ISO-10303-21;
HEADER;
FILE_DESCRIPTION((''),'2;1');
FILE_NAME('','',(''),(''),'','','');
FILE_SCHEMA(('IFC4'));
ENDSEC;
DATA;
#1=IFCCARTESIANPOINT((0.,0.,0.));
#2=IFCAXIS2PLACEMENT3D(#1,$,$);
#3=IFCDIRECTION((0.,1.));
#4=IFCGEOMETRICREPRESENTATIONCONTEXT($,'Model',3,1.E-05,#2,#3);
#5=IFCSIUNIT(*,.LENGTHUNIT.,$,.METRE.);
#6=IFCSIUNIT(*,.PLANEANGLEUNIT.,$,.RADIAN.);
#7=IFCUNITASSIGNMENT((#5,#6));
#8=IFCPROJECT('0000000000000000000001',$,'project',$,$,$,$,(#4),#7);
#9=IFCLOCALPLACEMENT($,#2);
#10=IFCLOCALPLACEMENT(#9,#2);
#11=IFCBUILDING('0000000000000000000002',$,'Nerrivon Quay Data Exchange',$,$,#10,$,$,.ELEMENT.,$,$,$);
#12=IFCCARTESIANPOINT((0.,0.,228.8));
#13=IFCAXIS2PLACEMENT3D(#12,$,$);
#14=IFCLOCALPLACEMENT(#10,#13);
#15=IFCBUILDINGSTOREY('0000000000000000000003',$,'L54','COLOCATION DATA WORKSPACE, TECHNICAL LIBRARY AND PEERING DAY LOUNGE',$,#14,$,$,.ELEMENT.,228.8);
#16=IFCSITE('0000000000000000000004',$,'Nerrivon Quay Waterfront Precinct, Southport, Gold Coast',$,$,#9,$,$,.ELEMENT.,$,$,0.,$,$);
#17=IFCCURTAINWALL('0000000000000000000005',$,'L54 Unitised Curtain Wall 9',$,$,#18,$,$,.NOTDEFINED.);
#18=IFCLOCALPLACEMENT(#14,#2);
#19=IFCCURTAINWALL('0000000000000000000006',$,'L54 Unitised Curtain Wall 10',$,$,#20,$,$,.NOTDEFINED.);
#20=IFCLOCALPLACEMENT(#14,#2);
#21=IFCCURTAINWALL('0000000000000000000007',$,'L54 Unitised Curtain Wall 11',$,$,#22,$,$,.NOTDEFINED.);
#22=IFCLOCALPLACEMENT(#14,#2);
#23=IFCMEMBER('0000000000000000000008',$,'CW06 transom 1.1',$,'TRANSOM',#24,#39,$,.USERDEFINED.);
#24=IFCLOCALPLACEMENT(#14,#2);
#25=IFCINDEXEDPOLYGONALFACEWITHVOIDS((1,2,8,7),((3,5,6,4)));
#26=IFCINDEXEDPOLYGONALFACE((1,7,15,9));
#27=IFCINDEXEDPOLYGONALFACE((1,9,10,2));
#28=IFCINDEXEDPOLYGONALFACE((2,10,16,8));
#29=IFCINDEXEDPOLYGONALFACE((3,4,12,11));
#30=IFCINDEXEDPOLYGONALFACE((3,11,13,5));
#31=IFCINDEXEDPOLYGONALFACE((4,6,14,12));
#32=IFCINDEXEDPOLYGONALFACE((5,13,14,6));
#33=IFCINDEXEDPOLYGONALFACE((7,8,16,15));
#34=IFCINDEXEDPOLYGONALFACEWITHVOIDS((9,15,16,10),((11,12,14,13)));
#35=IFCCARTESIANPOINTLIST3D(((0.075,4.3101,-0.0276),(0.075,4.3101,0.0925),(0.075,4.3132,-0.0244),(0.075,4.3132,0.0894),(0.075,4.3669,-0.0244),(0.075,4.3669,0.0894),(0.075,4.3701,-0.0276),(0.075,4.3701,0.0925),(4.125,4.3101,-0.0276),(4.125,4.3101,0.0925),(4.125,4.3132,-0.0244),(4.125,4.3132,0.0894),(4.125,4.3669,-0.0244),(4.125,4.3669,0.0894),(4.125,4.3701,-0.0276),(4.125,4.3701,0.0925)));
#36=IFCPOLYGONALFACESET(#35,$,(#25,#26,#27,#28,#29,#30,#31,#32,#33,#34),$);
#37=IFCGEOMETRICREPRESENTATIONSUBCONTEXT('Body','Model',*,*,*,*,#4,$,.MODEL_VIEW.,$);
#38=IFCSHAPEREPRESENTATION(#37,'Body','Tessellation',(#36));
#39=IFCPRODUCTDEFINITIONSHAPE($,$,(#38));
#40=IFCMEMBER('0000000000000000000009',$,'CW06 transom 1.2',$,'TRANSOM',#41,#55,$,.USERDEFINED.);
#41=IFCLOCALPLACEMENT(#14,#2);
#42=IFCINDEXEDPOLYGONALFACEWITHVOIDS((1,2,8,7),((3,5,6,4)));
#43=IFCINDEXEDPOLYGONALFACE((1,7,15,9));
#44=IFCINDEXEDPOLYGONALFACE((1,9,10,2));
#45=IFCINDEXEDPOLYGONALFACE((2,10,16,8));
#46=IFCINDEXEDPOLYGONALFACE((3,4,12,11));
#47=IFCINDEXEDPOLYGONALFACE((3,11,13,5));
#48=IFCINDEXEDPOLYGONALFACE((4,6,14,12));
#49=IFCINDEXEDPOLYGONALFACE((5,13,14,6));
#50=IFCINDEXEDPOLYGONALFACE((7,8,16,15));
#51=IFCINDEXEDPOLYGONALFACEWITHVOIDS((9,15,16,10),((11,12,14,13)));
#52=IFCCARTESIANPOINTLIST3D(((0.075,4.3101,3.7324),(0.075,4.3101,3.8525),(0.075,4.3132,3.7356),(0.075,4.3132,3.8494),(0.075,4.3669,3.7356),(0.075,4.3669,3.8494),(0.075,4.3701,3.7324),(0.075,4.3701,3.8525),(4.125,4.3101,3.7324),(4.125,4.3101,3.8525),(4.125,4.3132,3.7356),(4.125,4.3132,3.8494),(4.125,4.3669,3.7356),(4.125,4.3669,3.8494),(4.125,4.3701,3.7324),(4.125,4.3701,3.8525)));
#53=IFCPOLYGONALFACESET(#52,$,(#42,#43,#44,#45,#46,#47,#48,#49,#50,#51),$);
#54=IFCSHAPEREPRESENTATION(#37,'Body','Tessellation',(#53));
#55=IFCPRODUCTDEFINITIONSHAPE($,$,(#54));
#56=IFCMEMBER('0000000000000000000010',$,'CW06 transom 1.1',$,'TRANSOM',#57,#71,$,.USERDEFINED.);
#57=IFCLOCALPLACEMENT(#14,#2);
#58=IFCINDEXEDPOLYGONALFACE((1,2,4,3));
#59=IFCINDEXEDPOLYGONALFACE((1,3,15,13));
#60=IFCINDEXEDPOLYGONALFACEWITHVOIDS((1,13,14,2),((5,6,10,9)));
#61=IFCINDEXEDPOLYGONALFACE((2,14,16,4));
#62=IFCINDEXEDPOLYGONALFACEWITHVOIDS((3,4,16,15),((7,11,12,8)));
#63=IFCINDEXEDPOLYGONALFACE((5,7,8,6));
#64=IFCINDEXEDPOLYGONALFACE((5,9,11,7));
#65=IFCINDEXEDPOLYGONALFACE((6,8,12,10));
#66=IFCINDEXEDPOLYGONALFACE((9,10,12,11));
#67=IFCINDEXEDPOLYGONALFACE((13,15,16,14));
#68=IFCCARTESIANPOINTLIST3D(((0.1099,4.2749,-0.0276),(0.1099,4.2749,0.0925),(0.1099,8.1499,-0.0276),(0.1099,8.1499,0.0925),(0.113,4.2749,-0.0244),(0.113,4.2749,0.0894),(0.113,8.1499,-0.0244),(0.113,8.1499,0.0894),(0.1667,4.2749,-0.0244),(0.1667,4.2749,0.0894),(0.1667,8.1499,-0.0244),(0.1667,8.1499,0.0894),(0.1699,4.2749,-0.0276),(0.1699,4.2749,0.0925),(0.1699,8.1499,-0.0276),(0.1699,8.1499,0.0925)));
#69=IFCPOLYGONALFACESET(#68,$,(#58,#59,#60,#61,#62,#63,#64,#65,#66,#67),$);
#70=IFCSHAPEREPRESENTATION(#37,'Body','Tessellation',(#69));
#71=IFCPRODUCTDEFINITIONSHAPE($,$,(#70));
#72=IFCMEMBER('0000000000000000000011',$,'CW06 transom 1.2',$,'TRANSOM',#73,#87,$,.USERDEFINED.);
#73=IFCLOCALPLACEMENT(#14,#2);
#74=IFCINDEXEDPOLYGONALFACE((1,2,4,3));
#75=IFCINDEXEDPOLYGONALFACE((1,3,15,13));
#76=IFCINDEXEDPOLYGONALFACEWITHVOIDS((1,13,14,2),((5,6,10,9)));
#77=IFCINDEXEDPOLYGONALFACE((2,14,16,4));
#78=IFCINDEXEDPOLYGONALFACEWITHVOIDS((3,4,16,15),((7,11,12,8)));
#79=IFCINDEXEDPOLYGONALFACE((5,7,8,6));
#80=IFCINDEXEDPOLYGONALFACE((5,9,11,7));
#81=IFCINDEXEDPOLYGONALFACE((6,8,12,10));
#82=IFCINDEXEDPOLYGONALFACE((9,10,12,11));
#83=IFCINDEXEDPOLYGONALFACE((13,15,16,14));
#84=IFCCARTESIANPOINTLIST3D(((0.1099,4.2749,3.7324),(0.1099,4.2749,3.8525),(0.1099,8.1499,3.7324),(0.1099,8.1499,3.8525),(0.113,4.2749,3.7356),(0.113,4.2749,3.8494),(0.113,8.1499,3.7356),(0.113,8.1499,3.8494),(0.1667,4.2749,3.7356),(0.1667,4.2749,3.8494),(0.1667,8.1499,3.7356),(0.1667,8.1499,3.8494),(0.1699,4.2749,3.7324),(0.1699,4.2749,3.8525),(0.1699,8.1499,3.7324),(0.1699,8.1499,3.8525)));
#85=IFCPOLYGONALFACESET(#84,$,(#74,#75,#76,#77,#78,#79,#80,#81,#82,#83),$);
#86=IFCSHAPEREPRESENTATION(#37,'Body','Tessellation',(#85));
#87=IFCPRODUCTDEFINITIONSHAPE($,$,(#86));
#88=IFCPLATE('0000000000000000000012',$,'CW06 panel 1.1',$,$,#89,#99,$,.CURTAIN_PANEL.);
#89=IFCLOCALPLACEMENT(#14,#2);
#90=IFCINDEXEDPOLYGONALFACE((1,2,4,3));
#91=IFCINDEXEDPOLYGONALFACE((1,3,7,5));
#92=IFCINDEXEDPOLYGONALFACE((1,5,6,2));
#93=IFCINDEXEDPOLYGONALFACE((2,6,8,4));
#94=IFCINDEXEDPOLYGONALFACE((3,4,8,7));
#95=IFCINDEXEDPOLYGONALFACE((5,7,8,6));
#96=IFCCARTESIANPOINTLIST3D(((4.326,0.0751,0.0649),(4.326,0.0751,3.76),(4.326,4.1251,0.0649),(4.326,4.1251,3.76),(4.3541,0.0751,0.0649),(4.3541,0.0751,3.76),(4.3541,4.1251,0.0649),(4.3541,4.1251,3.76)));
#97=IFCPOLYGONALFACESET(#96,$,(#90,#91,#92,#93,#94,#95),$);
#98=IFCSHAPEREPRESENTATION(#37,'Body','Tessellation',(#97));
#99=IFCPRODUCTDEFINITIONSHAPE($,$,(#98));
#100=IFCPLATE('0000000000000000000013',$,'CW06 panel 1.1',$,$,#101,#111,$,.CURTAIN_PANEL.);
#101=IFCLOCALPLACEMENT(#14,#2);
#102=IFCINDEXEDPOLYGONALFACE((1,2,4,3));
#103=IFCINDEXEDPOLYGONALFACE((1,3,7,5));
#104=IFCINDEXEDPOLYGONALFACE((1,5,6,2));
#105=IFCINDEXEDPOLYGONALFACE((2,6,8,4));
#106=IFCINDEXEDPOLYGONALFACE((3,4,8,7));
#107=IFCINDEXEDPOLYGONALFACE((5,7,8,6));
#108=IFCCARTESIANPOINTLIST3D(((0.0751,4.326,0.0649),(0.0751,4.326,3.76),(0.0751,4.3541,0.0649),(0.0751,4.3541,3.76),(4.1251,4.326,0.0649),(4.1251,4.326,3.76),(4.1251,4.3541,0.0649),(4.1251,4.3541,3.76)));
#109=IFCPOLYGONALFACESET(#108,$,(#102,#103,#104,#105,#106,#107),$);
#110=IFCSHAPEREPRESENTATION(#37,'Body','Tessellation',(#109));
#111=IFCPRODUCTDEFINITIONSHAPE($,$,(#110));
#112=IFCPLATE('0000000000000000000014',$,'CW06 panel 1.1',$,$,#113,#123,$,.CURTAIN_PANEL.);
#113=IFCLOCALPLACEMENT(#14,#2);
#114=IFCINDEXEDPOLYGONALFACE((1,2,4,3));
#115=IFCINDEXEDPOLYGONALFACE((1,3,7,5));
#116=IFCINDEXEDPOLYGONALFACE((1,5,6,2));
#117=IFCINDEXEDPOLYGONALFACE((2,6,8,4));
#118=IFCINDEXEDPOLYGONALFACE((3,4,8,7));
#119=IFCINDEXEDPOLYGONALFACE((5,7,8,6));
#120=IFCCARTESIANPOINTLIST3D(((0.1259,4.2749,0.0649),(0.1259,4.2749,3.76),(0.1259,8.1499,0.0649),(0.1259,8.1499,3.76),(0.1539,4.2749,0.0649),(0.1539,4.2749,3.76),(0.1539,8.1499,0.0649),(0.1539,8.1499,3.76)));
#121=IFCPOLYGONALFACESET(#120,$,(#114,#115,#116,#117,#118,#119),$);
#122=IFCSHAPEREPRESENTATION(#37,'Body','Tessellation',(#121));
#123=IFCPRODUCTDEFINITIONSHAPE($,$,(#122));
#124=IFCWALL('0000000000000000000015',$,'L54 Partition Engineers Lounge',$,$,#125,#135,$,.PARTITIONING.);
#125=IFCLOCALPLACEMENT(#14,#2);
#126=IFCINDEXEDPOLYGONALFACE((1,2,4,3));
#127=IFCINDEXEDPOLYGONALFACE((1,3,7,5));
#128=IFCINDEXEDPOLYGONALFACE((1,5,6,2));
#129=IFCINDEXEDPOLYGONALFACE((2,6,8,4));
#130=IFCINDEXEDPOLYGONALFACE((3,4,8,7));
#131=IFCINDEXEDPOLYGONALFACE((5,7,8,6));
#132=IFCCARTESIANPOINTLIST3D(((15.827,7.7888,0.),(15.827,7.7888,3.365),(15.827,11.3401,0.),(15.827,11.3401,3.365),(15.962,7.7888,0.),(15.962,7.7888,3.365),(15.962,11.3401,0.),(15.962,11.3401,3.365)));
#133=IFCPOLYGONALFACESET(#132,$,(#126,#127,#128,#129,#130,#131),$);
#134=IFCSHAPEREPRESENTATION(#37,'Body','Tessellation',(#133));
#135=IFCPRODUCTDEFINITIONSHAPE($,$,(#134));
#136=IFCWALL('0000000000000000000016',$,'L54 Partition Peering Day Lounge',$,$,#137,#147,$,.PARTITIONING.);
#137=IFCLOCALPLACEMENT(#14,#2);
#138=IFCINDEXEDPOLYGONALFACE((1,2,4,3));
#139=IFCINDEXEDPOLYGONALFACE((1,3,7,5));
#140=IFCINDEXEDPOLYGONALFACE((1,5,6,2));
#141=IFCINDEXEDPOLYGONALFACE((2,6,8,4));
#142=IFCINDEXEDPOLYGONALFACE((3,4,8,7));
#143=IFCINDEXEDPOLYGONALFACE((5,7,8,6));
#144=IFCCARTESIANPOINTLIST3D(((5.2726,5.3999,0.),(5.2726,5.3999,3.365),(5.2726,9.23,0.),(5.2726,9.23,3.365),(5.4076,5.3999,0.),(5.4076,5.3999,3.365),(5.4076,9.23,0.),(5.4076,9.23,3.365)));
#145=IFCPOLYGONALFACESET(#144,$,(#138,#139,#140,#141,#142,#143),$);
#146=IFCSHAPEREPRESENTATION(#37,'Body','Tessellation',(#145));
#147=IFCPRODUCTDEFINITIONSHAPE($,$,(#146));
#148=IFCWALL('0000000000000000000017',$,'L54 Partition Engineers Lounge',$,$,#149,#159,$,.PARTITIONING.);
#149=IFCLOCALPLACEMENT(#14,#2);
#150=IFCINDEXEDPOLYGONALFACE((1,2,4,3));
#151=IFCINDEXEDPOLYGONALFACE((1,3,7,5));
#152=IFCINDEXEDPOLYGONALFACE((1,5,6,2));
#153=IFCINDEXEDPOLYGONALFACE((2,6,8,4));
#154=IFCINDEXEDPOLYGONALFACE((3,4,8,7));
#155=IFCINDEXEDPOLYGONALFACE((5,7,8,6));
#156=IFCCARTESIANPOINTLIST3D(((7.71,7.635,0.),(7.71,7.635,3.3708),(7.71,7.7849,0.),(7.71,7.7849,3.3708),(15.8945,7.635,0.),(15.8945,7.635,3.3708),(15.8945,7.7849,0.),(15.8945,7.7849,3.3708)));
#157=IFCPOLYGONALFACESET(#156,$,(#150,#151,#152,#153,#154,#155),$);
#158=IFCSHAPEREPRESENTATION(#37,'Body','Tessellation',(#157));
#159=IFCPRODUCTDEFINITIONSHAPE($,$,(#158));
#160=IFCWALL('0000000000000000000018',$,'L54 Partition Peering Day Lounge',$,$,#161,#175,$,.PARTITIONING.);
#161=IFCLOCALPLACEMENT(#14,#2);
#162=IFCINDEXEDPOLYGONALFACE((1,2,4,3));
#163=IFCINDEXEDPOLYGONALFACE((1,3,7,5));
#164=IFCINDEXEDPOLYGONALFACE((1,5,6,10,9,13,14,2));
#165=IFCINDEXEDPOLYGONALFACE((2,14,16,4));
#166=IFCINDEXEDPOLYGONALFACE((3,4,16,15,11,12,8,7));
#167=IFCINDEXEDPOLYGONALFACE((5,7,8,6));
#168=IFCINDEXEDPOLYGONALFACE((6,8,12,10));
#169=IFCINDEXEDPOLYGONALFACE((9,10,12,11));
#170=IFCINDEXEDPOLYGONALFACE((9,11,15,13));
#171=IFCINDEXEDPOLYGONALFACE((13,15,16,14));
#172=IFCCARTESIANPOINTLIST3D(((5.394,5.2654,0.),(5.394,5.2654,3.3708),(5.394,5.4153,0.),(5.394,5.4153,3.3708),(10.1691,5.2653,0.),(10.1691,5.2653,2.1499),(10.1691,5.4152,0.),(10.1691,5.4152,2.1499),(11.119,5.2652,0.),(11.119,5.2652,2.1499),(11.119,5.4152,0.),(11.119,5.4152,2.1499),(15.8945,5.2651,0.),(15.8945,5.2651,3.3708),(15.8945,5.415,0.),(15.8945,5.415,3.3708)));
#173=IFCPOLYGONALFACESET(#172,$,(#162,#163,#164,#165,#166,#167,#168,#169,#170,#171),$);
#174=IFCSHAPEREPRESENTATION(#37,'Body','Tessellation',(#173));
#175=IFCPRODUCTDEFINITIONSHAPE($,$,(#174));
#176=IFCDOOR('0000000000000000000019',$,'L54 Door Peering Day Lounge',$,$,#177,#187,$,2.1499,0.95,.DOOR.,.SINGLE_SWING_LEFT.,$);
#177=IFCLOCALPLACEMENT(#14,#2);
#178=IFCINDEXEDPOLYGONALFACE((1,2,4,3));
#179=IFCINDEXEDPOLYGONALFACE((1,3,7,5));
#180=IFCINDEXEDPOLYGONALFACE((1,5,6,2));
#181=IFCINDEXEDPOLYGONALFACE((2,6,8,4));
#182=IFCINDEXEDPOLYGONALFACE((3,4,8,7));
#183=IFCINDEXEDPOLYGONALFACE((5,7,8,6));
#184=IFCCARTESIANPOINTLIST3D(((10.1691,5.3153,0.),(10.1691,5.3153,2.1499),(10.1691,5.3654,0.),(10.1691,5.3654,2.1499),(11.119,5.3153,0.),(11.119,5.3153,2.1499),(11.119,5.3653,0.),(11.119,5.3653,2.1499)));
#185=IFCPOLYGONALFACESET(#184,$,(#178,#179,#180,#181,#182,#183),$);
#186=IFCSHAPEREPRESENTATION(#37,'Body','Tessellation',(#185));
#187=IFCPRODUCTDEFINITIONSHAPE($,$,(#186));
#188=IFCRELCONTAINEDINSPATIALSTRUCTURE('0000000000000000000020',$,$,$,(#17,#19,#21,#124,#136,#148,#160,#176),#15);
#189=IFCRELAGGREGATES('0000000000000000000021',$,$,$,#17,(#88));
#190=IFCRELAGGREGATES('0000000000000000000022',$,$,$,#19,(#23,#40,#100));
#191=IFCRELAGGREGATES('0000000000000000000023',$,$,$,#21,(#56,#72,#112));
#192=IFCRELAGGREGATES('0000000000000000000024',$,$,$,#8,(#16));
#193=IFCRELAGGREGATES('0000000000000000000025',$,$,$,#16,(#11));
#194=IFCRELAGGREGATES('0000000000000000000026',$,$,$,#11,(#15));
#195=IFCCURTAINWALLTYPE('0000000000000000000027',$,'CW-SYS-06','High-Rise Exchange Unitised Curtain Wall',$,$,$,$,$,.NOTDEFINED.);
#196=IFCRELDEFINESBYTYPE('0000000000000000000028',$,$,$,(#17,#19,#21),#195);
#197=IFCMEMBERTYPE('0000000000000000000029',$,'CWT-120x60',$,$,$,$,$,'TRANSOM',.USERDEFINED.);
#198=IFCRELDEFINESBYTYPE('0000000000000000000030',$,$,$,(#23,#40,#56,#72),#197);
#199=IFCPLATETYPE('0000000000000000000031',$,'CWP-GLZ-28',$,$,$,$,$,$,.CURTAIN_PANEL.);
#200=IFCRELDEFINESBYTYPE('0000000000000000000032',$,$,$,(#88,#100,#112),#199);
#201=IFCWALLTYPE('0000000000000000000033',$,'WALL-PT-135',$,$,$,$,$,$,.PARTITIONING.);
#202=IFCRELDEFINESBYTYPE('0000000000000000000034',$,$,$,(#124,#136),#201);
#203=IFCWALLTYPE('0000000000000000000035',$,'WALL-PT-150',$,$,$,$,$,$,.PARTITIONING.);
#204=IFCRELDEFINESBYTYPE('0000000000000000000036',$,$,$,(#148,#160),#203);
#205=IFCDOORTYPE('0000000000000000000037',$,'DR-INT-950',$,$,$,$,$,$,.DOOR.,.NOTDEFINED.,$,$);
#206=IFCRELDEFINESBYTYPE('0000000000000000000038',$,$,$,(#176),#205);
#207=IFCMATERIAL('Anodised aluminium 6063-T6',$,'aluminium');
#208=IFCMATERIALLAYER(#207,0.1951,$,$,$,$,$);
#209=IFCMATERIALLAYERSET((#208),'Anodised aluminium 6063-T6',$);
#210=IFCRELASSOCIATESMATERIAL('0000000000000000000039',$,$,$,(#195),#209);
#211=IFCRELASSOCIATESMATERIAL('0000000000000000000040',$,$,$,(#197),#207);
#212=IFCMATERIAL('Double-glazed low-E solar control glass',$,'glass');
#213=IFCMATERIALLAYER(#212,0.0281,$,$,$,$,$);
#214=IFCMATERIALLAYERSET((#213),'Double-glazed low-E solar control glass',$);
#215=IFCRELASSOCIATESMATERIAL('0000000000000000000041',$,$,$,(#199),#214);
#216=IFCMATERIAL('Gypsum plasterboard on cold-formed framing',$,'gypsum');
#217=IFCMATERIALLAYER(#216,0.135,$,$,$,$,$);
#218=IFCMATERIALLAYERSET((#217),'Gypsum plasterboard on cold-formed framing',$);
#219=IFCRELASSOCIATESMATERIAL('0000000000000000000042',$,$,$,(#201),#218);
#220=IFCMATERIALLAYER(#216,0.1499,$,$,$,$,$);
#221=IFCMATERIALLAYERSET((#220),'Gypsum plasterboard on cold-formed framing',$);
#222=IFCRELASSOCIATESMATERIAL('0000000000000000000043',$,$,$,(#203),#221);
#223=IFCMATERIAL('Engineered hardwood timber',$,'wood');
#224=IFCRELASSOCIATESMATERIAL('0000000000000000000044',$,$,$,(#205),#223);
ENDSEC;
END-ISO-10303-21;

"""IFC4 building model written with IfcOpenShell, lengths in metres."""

from ifc_helpers import new_model, si_unit, direction, frame, frame_2d, origin, origin_2d, place, context, subcontext, project, spatial, rectangle, hollow_rectangle, extrude, material, layer, layer_set, material_profile, profile_set, type_object, element, fill, aggregate, save


model = new_model("IFC4")

# Units and contexts
model_context = context("Model", 3, precision=1e-05, world=origin(), true_north=direction((0.0, 1.0)))
body_context = subcontext(model_context, "Body", "Model", "MODEL_VIEW")
ifc_project = project(units=[si_unit("LENGTHUNIT", "METRE"), si_unit("PLANEANGLEUNIT", "RADIAN")], contexts=[model_context])

# Site, building, storey
site_placement = place(None, origin())
site = spatial("IfcSite", under=ifc_project, at=site_placement, Name="Nerrivon Quay Waterfront Precinct, Southport, Gold Coast", CompositionType="ELEMENT", RefElevation=0.0)
building_placement = place(site_placement, origin())
building = spatial("IfcBuilding", under=site, at=building_placement, Name="Nerrivon Quay Data Exchange", CompositionType="ELEMENT")
storey_placement = place(building_placement, frame((0.0, 0.0, 228.8)))
storey = spatial("IfcBuildingStorey", under=building, at=storey_placement, Name="L54", Description="COLOCATION DATA WORKSPACE, TECHNICAL LIBRARY AND PEERING DAY LOUNGE", CompositionType="ELEMENT", Elevation=228.8)

# Curtain wall
ifc_material_1 = material(Name="Anodised aluminium 6063-T6", Category="aluminium")
ifc_layer_1 = layer(ifc_material_1, 0.1951)
ifc_layer_set_1 = layer_set([ifc_layer_1], Name="Anodised aluminium 6063-T6")
curtain_wall_type = type_object("IfcCurtainWallType", Name="CW-SYS-06", Description="High-Rise Exchange Unitised Curtain Wall", PredefinedType="NOTDEFINED", material=ifc_layer_set_1)
curtain_wall_1_placement = place(storey_placement, origin())
curtain_wall_1 = element("IfcCurtainWall", 1, at=curtain_wall_1_placement, inside=storey, type_object=curtain_wall_type, Name="L54 Unitised Curtain Wall 9", PredefinedType="NOTDEFINED")

# Curtain walls
curtain_wall_2_placement = place(storey_placement, origin())
curtain_wall_2 = element("IfcCurtainWall", 2, at=curtain_wall_2_placement, inside=storey, type_object=curtain_wall_type, Name="L54 Unitised Curtain Wall 10", PredefinedType="NOTDEFINED")
curtain_wall_3_placement = place(storey_placement, origin())
curtain_wall_3 = element("IfcCurtainWall", 3, at=curtain_wall_3_placement, inside=storey, type_object=curtain_wall_type, Name="L54 Unitised Curtain Wall 11", PredefinedType="NOTDEFINED")

# Members
ifc_material_profile_1 = material_profile(ifc_material_1, hollow_rectangle(XDim=0.0601, YDim=0.1201, WallThickness=0.0032, at=origin_2d()), Name="ALU-TRAN-120x60")
ifc_profile_set_1 = profile_set([ifc_material_profile_1], Name="Anodised aluminium 6063-T6")
member_type_1 = type_object("IfcMemberType", Name="CWT-120x60", ElementType="TRANSOM", PredefinedType="USERDEFINED", material=ifc_profile_set_1)
member_1_placement = place(storey_placement, frame((4.125, 4.3401, 0.0325), z_axis=(-1.0, 0.0, 0.0), x_axis=(0.0, -1.0, 0.0)))
member_1 = element("IfcMember", 4, at=member_1_placement, type_object=member_type_1, Name="CW06 transom 1.1", ObjectType="TRANSOM", PredefinedType="USERDEFINED", context=body_context, shape_type="SweptSolid", body=[
    extrude(hollow_rectangle(XDim=0.0601, YDim=0.1201, WallThickness=0.0032, at=origin_2d()), origin(), (0.0, 0.0, 1.0), 4.05),
])
member_2_placement = place(storey_placement, frame((4.125, 4.3401, 3.7925), z_axis=(-1.0, 0.0, 0.0), x_axis=(0.0, -1.0, 0.0)))
member_2 = element("IfcMember", 5, at=member_2_placement, type_object=member_type_1, Name="CW06 transom 1.2", ObjectType="TRANSOM", PredefinedType="USERDEFINED", context=body_context, shape_type="SweptSolid", body=[
    extrude(hollow_rectangle(XDim=0.0601, YDim=0.1201, WallThickness=0.0032, at=origin_2d()), origin(), (0.0, 0.0, 1.0), 4.05),
])
member_3_placement = place(storey_placement, frame((0.1399, 4.2749, 0.0325), z_axis=(0.0, 1.0, 0.0), x_axis=(-1.0, 0.0, 0.0)))
member_3 = element("IfcMember", 6, at=member_3_placement, type_object=member_type_1, Name="CW06 transom 1.1", ObjectType="TRANSOM", PredefinedType="USERDEFINED", context=body_context, shape_type="SweptSolid", body=[
    extrude(hollow_rectangle(XDim=0.0601, YDim=0.1201, WallThickness=0.0032, at=origin_2d()), origin(), (0.0, 0.0, 1.0), 3.875),
])
member_4_placement = place(storey_placement, frame((0.1399, 4.2749, 3.7925), z_axis=(0.0, 1.0, 0.0), x_axis=(-1.0, 0.0, 0.0)))
member_4 = element("IfcMember", 7, at=member_4_placement, type_object=member_type_1, Name="CW06 transom 1.2", ObjectType="TRANSOM", PredefinedType="USERDEFINED", context=body_context, shape_type="SweptSolid", body=[
    extrude(hollow_rectangle(XDim=0.0601, YDim=0.1201, WallThickness=0.0032, at=origin_2d()), origin(), (0.0, 0.0, 1.0), 3.875),
])

# Plates
ifc_material_2 = material(Name="Double-glazed low-E solar control glass", Category="glass")
ifc_layer_2 = layer(ifc_material_2, 0.0281)
ifc_layer_set_2 = layer_set([ifc_layer_2], Name="Double-glazed low-E solar control glass")
plate_type = type_object("IfcPlateType", Name="CWP-GLZ-28", PredefinedType="CURTAIN_PANEL", material=ifc_layer_set_2)
plate_1_placement = place(storey_placement, frame((4.3401, 2.1001, 0.0649), z_axis=(0.0, 0.0, 1.0), x_axis=(0.0, 1.0, 0.0)))
plate_1 = element("IfcPlate", 8, at=plate_1_placement, type_object=plate_type, Name="CW06 panel 1.1", PredefinedType="CURTAIN_PANEL", context=body_context, shape_type="SweptSolid", body=[
    extrude(rectangle(XDim=4.05, YDim=0.0281, at=origin_2d()), origin(), (0.0, 0.0, 1.0), 3.6951),
])
aggregate(curtain_wall_1, [plate_1])
plate_2_placement = place(storey_placement, frame((2.1001, 4.3401, 0.0649), z_axis=(0.0, 0.0, 1.0), x_axis=(-1.0, 0.0, 0.0)))
plate_2 = element("IfcPlate", 9, at=plate_2_placement, type_object=plate_type, Name="CW06 panel 1.1", PredefinedType="CURTAIN_PANEL", context=body_context, shape_type="SweptSolid", body=[
    extrude(rectangle(XDim=4.05, YDim=0.0281, at=origin_2d()), origin(), (0.0, 0.0, 1.0), 3.6951),
])
aggregate(curtain_wall_2, [member_1, member_2, plate_2])
plate_3_placement = place(storey_placement, frame((0.1399, 6.2124, 0.0649), z_axis=(0.0, 0.0, 1.0), x_axis=(0.0, 1.0, 0.0)))
plate_3 = element("IfcPlate", 10, at=plate_3_placement, type_object=plate_type, Name="CW06 panel 1.1", PredefinedType="CURTAIN_PANEL", context=body_context, shape_type="SweptSolid", body=[
    extrude(rectangle(XDim=3.875, YDim=0.0281, at=origin_2d()), origin(), (0.0, 0.0, 1.0), 3.6951),
])
aggregate(curtain_wall_3, [member_3, member_4, plate_3])

# Walls
ifc_material_3 = material(Name="Gypsum plasterboard on cold-formed framing", Category="gypsum")
ifc_layer_3 = layer(ifc_material_3, 0.135)
ifc_layer_set_3 = layer_set([ifc_layer_3], Name="Gypsum plasterboard on cold-formed framing")
wall_type_1 = type_object("IfcWallType", Name="WALL-PT-135", PredefinedType="PARTITIONING", material=ifc_layer_set_3)
wall_1_placement = place(storey_placement, frame((15.8945, 7.7888, 0.0), z_axis=(0.0, 0.0, 1.0), x_axis=(0.0, 1.0, 0.0)))
element("IfcWall", 11, at=wall_1_placement, inside=storey, type_object=wall_type_1, Name="L54 Partition Engineers Lounge", PredefinedType="PARTITIONING", context=body_context, shape_type="SweptSolid", body=[
    extrude(rectangle(XDim=3.5513, YDim=0.135, at=frame_2d((1.7756, 0.0))), origin(), (0.0, 0.0, 1.0), 3.365),
])
wall_2_placement = place(storey_placement, frame((5.3401, 5.3999, 0.0), z_axis=(0.0, 0.0, 1.0), x_axis=(0.0, 1.0, 0.0)))
element("IfcWall", 12, at=wall_2_placement, inside=storey, type_object=wall_type_1, Name="L54 Partition Peering Day Lounge", PredefinedType="PARTITIONING", context=body_context, shape_type="SweptSolid", body=[
    extrude(rectangle(XDim=3.8301, YDim=0.135, at=frame_2d((1.915, 0.0))), origin(), (0.0, 0.0, 1.0), 3.365),
])
ifc_layer_4 = layer(ifc_material_3, 0.1499)
ifc_layer_set_4 = layer_set([ifc_layer_4], Name="Gypsum plasterboard on cold-formed framing")
wall_type_2 = type_object("IfcWallType", Name="WALL-PT-150", PredefinedType="PARTITIONING", material=ifc_layer_set_4)
wall_3_placement = place(storey_placement, frame((7.71, 7.71, 0.0), z_axis=(0.0, 0.0, 1.0), x_axis=(1.0, 0.0, 0.0)))
element("IfcWall", 13, at=wall_3_placement, inside=storey, type_object=wall_type_2, Name="L54 Partition Engineers Lounge", PredefinedType="PARTITIONING", context=body_context, shape_type="SweptSolid", body=[
    extrude(rectangle(XDim=8.1846, YDim=0.1499, at=frame_2d((4.0923, 0.0))), origin(), (0.0, 0.0, 1.0), 3.3708),
])

# Wall, opening, door
wall_4_placement = place(storey_placement, frame((15.8945, 5.3401, 0.0), z_axis=(0.0, 0.0, 1.0), x_axis=(-1.0, 0.000023, 0.0)))
wall_4 = element("IfcWall", 14, at=wall_4_placement, inside=storey, type_object=wall_type_2, Name="L54 Partition Peering Day Lounge", PredefinedType="PARTITIONING", context=body_context, shape_type="SweptSolid", body=[
    extrude(rectangle(XDim=10.5005, YDim=0.1499, at=frame_2d((5.2502, 0.0))), origin(), (0.0, 0.0, 1.0), 3.3708),
])
opening_placement = place(wall_4_placement, frame((4.7754, 0.0, 0.0)))
opening = element("IfcOpeningElement", 15, at=opening_placement, cuts=wall_4, PredefinedType="OPENING", context=body_context, shape_type="SweptSolid", body=[
    extrude(rectangle(XDim=0.95, YDim=2.1499, at=frame_2d((0.4751, 1.075))), frame((0.0, 0.085, 0.0), z_axis=(0.0, -1.0, 0.0), x_axis=(1.0, 0.0, 0.0)), (0.0, 0.0, 1.0), 0.1699),
])
ifc_material_4 = material(Name="Engineered hardwood timber", Category="wood")
door_type = type_object("IfcDoorType", Name="DR-INT-950", OperationType="NOTDEFINED", PredefinedType="DOOR", material=ifc_material_4)
door_placement = place(opening_placement, origin())
door = element("IfcDoor", 16, at=door_placement, inside=storey, type_object=door_type, Name="L54 Door Peering Day Lounge", OperationType="SINGLE_SWING_LEFT", OverallHeight=2.1499, OverallWidth=0.95, PredefinedType="DOOR", context=body_context, shape_type="SweptSolid", body=[
    extrude(rectangle(XDim=0.95, YDim=2.1499, at=frame_2d((0.4751, 1.075))), frame((0.0, 0.0249, 0.0), z_axis=(0.0, -1.0, 0.0), x_axis=(1.0, 0.0, 0.0)), (0.0, 0.0, 1.0), 0.05),
])
fill(opening, door)

save(model, "model.ifc")
